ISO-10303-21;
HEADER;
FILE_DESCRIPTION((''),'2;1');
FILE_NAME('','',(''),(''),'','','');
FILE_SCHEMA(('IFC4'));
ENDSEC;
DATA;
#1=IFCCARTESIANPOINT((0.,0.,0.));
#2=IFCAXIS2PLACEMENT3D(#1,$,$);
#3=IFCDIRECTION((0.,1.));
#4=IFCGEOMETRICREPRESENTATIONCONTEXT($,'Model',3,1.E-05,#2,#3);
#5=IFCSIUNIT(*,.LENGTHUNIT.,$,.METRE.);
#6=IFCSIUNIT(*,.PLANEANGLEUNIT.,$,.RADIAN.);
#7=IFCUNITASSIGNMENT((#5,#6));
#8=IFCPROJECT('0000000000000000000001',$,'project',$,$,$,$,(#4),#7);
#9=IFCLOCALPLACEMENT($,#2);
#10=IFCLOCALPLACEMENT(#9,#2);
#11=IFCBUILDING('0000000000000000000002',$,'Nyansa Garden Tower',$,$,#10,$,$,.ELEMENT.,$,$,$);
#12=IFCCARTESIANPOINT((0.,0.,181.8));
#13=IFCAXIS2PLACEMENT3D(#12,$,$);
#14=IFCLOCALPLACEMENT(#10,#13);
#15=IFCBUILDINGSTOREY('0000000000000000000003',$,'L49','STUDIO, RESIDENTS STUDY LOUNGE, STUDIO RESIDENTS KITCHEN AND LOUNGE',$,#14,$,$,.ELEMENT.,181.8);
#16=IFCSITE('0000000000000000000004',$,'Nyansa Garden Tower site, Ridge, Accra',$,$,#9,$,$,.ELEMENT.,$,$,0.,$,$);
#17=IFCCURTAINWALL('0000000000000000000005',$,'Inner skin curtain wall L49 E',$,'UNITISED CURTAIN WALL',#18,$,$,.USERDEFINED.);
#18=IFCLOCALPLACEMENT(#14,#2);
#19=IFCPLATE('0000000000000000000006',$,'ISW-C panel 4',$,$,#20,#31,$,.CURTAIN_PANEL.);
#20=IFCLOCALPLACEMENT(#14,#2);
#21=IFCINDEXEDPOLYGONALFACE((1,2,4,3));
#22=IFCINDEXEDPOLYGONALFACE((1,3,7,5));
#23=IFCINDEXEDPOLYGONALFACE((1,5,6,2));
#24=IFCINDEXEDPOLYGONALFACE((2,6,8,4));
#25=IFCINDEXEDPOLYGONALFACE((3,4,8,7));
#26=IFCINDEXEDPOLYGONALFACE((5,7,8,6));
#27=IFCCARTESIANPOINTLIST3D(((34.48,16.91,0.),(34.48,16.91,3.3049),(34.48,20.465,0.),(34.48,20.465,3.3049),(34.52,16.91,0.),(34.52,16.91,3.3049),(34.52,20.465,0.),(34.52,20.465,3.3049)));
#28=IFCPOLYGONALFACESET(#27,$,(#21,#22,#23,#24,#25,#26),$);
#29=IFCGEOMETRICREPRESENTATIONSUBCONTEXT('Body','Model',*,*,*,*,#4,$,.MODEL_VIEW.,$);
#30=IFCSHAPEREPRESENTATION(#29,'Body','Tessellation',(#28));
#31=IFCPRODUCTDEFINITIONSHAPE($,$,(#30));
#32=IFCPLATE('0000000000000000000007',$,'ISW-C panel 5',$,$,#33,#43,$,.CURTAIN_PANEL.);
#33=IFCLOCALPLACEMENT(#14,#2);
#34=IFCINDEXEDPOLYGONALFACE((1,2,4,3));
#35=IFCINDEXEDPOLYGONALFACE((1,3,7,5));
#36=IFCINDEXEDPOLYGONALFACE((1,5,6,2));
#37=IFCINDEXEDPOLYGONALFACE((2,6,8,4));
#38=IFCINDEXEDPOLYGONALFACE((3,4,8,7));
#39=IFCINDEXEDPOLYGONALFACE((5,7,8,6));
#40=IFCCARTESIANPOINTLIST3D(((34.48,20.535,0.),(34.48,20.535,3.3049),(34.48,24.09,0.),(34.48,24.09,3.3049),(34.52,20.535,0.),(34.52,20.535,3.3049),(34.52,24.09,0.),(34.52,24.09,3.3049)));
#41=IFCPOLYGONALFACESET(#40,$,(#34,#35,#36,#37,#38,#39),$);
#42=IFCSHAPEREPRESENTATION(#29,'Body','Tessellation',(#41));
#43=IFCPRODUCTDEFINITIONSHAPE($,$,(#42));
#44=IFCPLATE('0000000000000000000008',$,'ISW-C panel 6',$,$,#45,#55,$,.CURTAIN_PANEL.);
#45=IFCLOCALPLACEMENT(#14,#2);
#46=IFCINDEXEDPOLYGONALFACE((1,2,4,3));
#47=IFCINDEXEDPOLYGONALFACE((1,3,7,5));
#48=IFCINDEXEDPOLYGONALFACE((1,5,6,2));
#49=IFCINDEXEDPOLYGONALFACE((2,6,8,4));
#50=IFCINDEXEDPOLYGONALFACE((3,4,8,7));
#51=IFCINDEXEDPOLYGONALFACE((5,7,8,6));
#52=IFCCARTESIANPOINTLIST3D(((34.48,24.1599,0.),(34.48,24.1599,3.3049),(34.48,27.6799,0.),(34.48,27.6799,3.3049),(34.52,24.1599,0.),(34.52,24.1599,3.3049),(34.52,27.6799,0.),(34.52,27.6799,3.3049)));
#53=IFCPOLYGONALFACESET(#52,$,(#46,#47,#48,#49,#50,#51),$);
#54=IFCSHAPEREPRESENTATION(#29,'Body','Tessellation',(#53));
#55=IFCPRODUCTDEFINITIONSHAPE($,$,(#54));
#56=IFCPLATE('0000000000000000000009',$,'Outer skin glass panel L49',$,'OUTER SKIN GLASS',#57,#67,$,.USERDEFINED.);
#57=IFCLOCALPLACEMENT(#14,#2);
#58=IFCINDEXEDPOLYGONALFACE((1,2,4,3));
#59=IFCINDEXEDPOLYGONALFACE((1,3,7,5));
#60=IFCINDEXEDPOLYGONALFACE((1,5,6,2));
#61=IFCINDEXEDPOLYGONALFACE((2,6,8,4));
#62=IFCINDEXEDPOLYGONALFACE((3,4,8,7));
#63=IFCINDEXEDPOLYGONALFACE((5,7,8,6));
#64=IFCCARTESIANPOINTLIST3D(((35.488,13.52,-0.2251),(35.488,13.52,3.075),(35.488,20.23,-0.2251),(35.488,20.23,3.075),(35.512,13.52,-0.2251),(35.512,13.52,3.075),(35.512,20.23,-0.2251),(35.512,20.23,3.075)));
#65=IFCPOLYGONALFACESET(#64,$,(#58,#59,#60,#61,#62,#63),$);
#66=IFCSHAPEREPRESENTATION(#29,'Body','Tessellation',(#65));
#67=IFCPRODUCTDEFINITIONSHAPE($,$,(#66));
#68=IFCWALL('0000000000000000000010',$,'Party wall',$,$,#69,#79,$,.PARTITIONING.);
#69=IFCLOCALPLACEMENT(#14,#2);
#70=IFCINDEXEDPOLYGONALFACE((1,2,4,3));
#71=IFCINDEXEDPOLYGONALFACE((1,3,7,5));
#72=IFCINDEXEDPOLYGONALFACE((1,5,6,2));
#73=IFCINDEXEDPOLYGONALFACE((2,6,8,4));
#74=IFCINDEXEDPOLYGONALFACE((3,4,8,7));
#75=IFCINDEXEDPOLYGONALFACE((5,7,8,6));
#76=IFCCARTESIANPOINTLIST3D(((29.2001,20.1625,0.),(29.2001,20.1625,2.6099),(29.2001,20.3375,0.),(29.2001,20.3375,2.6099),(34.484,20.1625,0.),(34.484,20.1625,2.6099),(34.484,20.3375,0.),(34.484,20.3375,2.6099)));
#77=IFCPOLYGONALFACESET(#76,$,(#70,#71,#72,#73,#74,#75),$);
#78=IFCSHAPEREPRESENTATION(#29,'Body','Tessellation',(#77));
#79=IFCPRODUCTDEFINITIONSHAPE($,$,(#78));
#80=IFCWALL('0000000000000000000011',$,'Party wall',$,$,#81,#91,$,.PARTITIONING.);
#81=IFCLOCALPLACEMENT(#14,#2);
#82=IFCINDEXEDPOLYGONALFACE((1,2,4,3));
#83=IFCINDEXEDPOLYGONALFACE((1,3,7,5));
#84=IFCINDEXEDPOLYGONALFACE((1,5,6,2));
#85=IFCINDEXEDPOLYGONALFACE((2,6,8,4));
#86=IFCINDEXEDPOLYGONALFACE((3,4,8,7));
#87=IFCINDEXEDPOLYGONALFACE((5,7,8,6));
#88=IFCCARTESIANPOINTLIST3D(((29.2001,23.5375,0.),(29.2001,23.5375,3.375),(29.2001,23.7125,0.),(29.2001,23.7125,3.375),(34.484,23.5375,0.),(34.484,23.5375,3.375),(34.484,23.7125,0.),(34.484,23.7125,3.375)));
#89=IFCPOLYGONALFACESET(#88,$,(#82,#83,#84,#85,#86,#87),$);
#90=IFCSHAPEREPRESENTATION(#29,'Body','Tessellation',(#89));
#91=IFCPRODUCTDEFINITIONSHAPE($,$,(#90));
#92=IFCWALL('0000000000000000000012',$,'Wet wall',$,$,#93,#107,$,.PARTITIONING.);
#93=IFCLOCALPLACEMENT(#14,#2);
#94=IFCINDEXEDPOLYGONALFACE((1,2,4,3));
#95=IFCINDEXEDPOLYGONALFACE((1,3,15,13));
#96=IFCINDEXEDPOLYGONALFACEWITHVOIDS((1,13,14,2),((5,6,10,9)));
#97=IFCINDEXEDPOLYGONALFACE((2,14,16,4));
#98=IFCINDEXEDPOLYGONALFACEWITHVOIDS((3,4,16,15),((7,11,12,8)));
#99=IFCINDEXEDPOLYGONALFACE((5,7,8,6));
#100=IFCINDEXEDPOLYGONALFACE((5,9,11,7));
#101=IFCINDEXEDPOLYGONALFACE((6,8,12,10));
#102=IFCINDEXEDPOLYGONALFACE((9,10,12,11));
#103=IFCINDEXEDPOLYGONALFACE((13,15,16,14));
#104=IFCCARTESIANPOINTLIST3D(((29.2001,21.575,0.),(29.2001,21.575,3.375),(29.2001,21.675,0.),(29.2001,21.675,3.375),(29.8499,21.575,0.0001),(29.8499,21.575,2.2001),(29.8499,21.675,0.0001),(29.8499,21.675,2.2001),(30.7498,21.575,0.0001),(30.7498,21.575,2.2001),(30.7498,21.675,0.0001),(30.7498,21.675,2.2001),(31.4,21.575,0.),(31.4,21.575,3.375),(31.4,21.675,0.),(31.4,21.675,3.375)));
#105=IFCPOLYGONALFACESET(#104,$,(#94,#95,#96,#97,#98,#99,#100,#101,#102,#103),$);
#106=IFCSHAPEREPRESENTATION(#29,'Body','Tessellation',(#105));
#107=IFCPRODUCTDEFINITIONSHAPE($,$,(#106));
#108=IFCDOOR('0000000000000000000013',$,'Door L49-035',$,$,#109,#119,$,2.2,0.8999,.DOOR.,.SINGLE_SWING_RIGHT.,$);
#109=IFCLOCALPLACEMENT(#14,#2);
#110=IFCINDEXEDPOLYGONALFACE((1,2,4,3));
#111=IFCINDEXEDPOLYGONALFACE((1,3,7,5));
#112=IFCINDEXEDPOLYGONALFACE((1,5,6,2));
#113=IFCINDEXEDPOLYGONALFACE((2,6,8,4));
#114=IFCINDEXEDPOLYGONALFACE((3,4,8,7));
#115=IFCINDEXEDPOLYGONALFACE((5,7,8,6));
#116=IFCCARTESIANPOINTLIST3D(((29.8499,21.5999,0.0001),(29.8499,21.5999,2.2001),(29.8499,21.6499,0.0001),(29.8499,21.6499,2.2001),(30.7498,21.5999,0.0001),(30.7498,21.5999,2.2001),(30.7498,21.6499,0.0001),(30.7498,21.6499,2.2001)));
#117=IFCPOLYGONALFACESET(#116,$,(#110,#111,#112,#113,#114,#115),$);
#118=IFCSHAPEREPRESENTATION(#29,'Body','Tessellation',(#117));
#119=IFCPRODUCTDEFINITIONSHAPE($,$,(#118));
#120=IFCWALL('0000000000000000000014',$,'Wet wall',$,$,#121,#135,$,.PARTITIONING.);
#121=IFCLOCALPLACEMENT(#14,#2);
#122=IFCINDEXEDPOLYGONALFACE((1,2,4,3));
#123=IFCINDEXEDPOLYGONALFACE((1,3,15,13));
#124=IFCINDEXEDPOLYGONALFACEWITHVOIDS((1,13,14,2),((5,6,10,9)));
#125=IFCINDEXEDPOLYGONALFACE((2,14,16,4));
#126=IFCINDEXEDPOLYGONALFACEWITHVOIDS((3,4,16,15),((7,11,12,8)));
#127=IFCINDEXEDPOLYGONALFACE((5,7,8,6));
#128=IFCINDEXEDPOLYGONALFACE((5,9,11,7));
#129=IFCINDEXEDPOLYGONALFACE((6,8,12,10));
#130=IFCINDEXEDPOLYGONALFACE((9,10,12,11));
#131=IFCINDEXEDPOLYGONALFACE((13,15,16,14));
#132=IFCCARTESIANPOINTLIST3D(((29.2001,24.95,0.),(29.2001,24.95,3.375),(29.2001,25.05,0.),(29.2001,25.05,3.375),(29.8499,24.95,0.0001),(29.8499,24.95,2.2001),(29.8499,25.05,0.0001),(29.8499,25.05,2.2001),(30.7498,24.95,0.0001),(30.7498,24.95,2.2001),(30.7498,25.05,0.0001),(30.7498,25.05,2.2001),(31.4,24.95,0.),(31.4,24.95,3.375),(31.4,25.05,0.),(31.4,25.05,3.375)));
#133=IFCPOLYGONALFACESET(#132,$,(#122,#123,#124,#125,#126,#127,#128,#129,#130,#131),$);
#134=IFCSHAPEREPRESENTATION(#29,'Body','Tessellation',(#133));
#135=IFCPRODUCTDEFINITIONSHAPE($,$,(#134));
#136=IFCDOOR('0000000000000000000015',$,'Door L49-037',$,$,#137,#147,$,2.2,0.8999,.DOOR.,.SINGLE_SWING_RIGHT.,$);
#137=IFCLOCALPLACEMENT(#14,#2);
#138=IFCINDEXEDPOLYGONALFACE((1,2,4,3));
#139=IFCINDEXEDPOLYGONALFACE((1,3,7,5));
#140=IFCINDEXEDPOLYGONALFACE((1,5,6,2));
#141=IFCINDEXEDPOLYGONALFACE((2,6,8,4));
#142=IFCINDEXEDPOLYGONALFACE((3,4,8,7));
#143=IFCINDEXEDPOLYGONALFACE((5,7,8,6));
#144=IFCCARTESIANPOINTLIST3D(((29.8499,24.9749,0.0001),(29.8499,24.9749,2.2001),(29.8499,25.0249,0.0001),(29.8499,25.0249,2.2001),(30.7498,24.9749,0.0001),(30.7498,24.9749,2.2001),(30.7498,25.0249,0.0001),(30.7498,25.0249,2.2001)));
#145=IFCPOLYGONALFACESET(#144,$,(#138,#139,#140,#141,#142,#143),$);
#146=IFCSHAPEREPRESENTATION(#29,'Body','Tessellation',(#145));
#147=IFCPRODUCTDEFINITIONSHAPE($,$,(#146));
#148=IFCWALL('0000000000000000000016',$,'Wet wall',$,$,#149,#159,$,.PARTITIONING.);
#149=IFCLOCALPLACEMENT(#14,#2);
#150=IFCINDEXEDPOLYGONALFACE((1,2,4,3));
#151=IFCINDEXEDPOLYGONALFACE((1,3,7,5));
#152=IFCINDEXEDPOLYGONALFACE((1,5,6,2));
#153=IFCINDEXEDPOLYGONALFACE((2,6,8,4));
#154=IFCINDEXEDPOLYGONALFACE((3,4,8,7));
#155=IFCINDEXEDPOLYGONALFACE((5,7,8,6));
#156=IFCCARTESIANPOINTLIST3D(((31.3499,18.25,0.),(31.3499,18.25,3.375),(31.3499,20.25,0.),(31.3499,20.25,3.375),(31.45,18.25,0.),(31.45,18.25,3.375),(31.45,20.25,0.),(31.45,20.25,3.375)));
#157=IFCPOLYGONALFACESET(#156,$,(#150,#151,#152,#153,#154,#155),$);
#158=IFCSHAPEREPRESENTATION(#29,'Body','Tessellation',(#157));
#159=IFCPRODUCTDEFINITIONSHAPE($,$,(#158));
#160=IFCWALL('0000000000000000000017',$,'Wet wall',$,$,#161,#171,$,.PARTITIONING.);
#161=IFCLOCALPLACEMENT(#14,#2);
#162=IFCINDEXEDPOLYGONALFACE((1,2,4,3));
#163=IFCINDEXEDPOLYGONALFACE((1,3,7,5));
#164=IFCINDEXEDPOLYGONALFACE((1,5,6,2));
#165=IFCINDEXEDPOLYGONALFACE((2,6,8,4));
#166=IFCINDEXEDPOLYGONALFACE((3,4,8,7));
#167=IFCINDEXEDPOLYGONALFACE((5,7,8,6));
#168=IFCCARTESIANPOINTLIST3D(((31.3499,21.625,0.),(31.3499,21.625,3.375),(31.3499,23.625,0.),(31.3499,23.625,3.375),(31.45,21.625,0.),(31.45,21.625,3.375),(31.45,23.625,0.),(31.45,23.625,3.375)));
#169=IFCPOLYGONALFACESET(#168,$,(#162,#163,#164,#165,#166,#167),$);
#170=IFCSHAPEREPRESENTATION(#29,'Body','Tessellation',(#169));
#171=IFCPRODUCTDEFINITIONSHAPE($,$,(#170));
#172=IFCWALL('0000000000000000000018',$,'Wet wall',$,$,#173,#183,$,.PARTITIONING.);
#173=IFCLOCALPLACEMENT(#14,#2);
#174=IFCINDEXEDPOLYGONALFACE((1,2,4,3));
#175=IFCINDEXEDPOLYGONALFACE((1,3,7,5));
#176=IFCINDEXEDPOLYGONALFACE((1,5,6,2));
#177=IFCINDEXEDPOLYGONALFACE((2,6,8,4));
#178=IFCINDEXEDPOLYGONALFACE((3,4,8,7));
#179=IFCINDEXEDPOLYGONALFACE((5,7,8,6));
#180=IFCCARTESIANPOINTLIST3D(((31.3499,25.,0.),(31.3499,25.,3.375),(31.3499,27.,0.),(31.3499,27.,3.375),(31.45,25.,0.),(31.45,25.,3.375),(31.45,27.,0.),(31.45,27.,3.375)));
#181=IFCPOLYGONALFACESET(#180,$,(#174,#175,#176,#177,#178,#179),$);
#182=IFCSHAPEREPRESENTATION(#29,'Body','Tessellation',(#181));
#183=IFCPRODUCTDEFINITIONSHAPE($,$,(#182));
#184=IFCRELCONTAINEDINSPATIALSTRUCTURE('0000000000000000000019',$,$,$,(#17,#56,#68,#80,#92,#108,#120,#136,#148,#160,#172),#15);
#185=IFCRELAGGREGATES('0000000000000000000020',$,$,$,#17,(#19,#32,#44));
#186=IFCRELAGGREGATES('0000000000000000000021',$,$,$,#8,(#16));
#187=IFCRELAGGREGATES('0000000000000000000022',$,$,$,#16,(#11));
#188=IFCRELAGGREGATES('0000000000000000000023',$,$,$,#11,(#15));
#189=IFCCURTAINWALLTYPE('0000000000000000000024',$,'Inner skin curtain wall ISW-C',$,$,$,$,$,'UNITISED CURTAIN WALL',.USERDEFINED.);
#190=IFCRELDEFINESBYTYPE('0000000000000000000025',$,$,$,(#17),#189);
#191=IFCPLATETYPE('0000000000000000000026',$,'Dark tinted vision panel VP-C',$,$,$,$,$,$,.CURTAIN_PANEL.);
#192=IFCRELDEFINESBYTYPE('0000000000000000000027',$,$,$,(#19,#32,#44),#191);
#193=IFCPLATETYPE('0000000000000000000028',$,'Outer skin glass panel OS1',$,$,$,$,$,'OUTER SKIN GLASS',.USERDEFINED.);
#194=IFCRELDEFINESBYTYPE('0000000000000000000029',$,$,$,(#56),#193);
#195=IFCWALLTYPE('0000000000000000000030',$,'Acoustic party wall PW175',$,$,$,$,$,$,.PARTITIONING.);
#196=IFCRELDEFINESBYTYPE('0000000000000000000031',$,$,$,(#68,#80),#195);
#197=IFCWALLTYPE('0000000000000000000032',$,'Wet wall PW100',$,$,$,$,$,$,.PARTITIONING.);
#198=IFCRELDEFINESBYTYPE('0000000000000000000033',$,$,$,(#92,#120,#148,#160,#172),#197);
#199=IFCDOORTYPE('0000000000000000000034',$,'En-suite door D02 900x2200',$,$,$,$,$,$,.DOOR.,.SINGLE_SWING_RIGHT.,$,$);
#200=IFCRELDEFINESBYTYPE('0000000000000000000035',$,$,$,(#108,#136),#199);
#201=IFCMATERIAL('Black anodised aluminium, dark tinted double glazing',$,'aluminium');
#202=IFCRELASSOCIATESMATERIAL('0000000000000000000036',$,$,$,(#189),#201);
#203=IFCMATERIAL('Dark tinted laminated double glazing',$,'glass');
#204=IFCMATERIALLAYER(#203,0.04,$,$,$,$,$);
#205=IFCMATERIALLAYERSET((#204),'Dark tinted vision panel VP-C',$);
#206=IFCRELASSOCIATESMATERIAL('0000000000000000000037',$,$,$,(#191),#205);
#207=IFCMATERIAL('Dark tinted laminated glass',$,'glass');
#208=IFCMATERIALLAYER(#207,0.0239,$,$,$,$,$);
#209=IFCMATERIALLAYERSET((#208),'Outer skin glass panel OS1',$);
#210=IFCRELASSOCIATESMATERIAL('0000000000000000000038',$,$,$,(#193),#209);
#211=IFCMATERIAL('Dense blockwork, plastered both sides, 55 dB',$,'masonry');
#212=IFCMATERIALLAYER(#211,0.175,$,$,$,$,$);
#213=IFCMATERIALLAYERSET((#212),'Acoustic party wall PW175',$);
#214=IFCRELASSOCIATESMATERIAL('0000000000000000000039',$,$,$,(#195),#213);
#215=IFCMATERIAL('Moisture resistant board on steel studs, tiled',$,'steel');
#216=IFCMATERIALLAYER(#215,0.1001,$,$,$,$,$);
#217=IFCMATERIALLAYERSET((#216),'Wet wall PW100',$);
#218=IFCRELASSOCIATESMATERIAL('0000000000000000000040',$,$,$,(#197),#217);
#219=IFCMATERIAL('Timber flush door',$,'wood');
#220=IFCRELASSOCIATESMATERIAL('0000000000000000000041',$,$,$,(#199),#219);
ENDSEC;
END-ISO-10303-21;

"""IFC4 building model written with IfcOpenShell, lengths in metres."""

from ifc_helpers import new_model, si_unit, direction, frame, frame_2d, origin, origin_2d, place, context, subcontext, project, spatial, rectangle, extrude, material, layer, layer_set, type_object, element, fill, aggregate, save


model = new_model("IFC4")

# Units and contexts
model_context = context("Model", 3, precision=1e-05, world=origin(), true_north=direction((0.0, 1.0)))
body_context = subcontext(model_context, "Body", "Model", "MODEL_VIEW")
ifc_project = project(units=[si_unit("LENGTHUNIT", "METRE"), si_unit("PLANEANGLEUNIT", "RADIAN")], contexts=[model_context])

# Site, building, storey
site_placement = place(None, origin())
site = spatial("IfcSite", under=ifc_project, at=site_placement, Name="Nyansa Garden Tower site, Ridge, Accra", CompositionType="ELEMENT", RefElevation=0.0)
building_placement = place(site_placement, origin())
building = spatial("IfcBuilding", under=site, at=building_placement, Name="Nyansa Garden Tower", CompositionType="ELEMENT")
storey_placement = place(building_placement, frame((0.0, 0.0, 181.8)))
storey = spatial("IfcBuildingStorey", under=building, at=storey_placement, Name="L49", Description="STUDIO, RESIDENTS STUDY LOUNGE, STUDIO RESIDENTS KITCHEN AND LOUNGE", CompositionType="ELEMENT", Elevation=181.8)

# Curtain wall
ifc_material_1 = material(Name="Black anodised aluminium, dark tinted double glazing", Category="aluminium")
curtain_wall_type = type_object("IfcCurtainWallType", Name="Inner skin curtain wall ISW-C", ElementType="UNITISED CURTAIN WALL", PredefinedType="USERDEFINED", material=ifc_material_1)
curtain_wall_placement = place(storey_placement, origin())
curtain_wall = element("IfcCurtainWall", 1, at=curtain_wall_placement, inside=storey, type_object=curtain_wall_type, Name="Inner skin curtain wall L49 E", ObjectType="UNITISED CURTAIN WALL", PredefinedType="USERDEFINED")

# Plates
ifc_material_2 = material(Name="Dark tinted laminated double glazing", Category="glass")
ifc_layer_1 = layer(ifc_material_2, 0.04)
ifc_layer_set_1 = layer_set([ifc_layer_1], Name="Dark tinted vision panel VP-C")
plate_type_1 = type_object("IfcPlateType", Name="Dark tinted vision panel VP-C", PredefinedType="CURTAIN_PANEL", material=ifc_layer_set_1)
plate_1_placement = place(storey_placement, frame((34.5, 18.6875, 0.0), z_axis=(0.0, 0.0, 1.0), x_axis=(0.0, 1.0, 0.0)))
plate_1 = element("IfcPlate", 2, at=plate_1_placement, type_object=plate_type_1, Name="ISW-C panel 4", PredefinedType="CURTAIN_PANEL", context=body_context, shape_type="SweptSolid", body=[
    extrude(rectangle(XDim=3.5549, YDim=0.04, at=origin_2d()), origin(), (0.0, 0.0, 1.0), 3.3049),
])
plate_2_placement = place(storey_placement, frame((34.5, 22.3125, 0.0), z_axis=(0.0, 0.0, 1.0), x_axis=(0.0, 1.0, 0.0)))
plate_2 = element("IfcPlate", 3, at=plate_2_placement, type_object=plate_type_1, Name="ISW-C panel 5", PredefinedType="CURTAIN_PANEL", context=body_context, shape_type="SweptSolid", body=[
    extrude(rectangle(XDim=3.5549, YDim=0.04, at=origin_2d()), origin(), (0.0, 0.0, 1.0), 3.3049),
])
plate_3_placement = place(storey_placement, frame((34.5, 25.9199, 0.0), z_axis=(0.0, 0.0, 1.0), x_axis=(0.0, 1.0, 0.0)))
plate_3 = element("IfcPlate", 4, at=plate_3_placement, type_object=plate_type_1, Name="ISW-C panel 6", PredefinedType="CURTAIN_PANEL", context=body_context, shape_type="SweptSolid", body=[
    extrude(rectangle(XDim=3.52, YDim=0.04, at=origin_2d()), origin(), (0.0, 0.0, 1.0), 3.3049),
])
aggregate(curtain_wall, [plate_1, plate_2, plate_3])
ifc_material_3 = material(Name="Dark tinted laminated glass", Category="glass")
ifc_layer_2 = layer(ifc_material_3, 0.0239)
ifc_layer_set_2 = layer_set([ifc_layer_2], Name="Outer skin glass panel OS1")
plate_type_2 = type_object("IfcPlateType", Name="Outer skin glass panel OS1", ElementType="OUTER SKIN GLASS", PredefinedType="USERDEFINED", material=ifc_layer_set_2)
plate_4_placement = place(storey_placement, frame((35.5, 16.875, -0.2251), z_axis=(0.0, 0.0, 1.0), x_axis=(0.0, 1.0, 0.0)))
element("IfcPlate", 5, at=plate_4_placement, inside=storey, type_object=plate_type_2, Name="Outer skin glass panel L49", ObjectType="OUTER SKIN GLASS", PredefinedType="USERDEFINED", context=body_context, shape_type="SweptSolid", body=[
    extrude(rectangle(XDim=6.71, YDim=0.0239, at=origin_2d()), origin(), (0.0, 0.0, 1.0), 3.3),
])

# Walls
ifc_material_4 = material(Name="Dense blockwork, plastered both sides, 55 dB", Category="masonry")
ifc_layer_3 = layer(ifc_material_4, 0.175)
ifc_layer_set_3 = layer_set([ifc_layer_3], Name="Acoustic party wall PW175")
wall_type_1 = type_object("IfcWallType", Name="Acoustic party wall PW175", PredefinedType="PARTITIONING", material=ifc_layer_set_3)
wall_1_placement = place(storey_placement, frame((29.2, 20.25, 0.0), z_axis=(0.0, 0.0, 1.0), x_axis=(1.0, 0.0, 0.0)))
element("IfcWall", 6, at=wall_1_placement, inside=storey, type_object=wall_type_1, Name="Party wall", PredefinedType="PARTITIONING", context=body_context, shape_type="SweptSolid", body=[
    extrude(rectangle(XDim=5.2839, YDim=0.175, at=frame_2d((2.6421, 0.0))), origin(), (0.0, 0.0, 1.0), 2.6099),
])
wall_2_placement = place(storey_placement, frame((29.2, 23.625, 0.0), z_axis=(0.0, 0.0, 1.0), x_axis=(1.0, 0.0, 0.0)))
element("IfcWall", 7, at=wall_2_placement, inside=storey, type_object=wall_type_1, Name="Party wall", PredefinedType="PARTITIONING", context=body_context, shape_type="SweptSolid", body=[
    extrude(rectangle(XDim=5.2839, YDim=0.175, at=frame_2d((2.6421, 0.0))), origin(), (0.0, 0.0, 1.0), 3.375),
])

# Walls, openings, doors
ifc_material_5 = material(Name="Moisture resistant board on steel studs, tiled", Category="steel")
ifc_layer_4 = layer(ifc_material_5, 0.1001)
ifc_layer_set_4 = layer_set([ifc_layer_4], Name="Wet wall PW100")
wall_type_2 = type_object("IfcWallType", Name="Wet wall PW100", PredefinedType="PARTITIONING", material=ifc_layer_set_4)
wall_3_placement = place(storey_placement, frame((29.2, 21.625, 0.0), z_axis=(0.0, 0.0, 1.0), x_axis=(1.0, 0.0, 0.0)))
wall_3 = element("IfcWall", 8, at=wall_3_placement, inside=storey, type_object=wall_type_2, Name="Wet wall", PredefinedType="PARTITIONING", context=body_context, shape_type="SweptSolid", body=[
    extrude(rectangle(XDim=2.2, YDim=0.1001, at=frame_2d((1.1001, 0.0))), origin(), (0.0, 0.0, 1.0), 3.375),
])
opening_1_placement = place(wall_3_placement, frame((0.6499, 0.0, 0.0)))
opening_1 = element("IfcOpeningElement", 9, at=opening_1_placement, cuts=wall_3, PredefinedType="OPENING", context=body_context, shape_type="SweptSolid", body=[
    extrude(rectangle(XDim=0.8999, YDim=2.2, at=frame_2d((0.45, 1.1001))), frame((0.0, 0.0601, 0.0), z_axis=(0.0, -1.0, 0.0), x_axis=(1.0, 0.0, 0.0)), (0.0, 0.0, 1.0), 0.1201),
])
ifc_material_6 = material(Name="Timber flush door", Category="wood")
door_type = type_object("IfcDoorType", Name="En-suite door D02 900x2200", OperationType="SINGLE_SWING_RIGHT", PredefinedType="DOOR", material=ifc_material_6)
door_1_placement = place(opening_1_placement, origin())
door_1 = element("IfcDoor", 10, at=door_1_placement, inside=storey, type_object=door_type, Name="Door L49-035", OperationType="SINGLE_SWING_RIGHT", OverallHeight=2.2, OverallWidth=0.8999, PredefinedType="DOOR", context=body_context, shape_type="SweptSolid", body=[
    extrude(rectangle(XDim=0.8999, YDim=2.2, at=frame_2d((0.45, 1.1001))), frame((0.0, 0.0249, 0.0), z_axis=(0.0, -1.0, 0.0), x_axis=(1.0, 0.0, 0.0)), (0.0, 0.0, 1.0), 0.05),
])
fill(opening_1, door_1)
wall_4_placement = place(storey_placement, frame((29.2, 25.0, 0.0), z_axis=(0.0, 0.0, 1.0), x_axis=(1.0, 0.0, 0.0)))
wall_4 = element("IfcWall", 11, at=wall_4_placement, inside=storey, type_object=wall_type_2, Name="Wet wall", PredefinedType="PARTITIONING", context=body_context, shape_type="SweptSolid", body=[
    extrude(rectangle(XDim=2.2, YDim=0.1001, at=frame_2d((1.1001, 0.0))), origin(), (0.0, 0.0, 1.0), 3.375),
])
opening_2_placement = place(wall_4_placement, frame((0.6499, 0.0, 0.0)))
opening_2 = element("IfcOpeningElement", 12, at=opening_2_placement, cuts=wall_4, PredefinedType="OPENING", context=body_context, shape_type="SweptSolid", body=[
    extrude(rectangle(XDim=0.8999, YDim=2.2, at=frame_2d((0.45, 1.1001))), frame((0.0, 0.0601, 0.0), z_axis=(0.0, -1.0, 0.0), x_axis=(1.0, 0.0, 0.0)), (0.0, 0.0, 1.0), 0.1201),
])
door_2_placement = place(opening_2_placement, origin())
door_2 = element("IfcDoor", 13, at=door_2_placement, inside=storey, type_object=door_type, Name="Door L49-037", OperationType="SINGLE_SWING_RIGHT", OverallHeight=2.2, OverallWidth=0.8999, PredefinedType="DOOR", context=body_context, shape_type="SweptSolid", body=[
    extrude(rectangle(XDim=0.8999, YDim=2.2, at=frame_2d((0.45, 1.1001))), frame((0.0, 0.0249, 0.0), z_axis=(0.0, -1.0, 0.0), x_axis=(1.0, 0.0, 0.0)), (0.0, 0.0, 1.0), 0.05),
])
fill(opening_2, door_2)

# Walls
for number, where, z_axis, x_axis, name in (
    (14, (31.3999, 18.25, 0.0), (0.0, 0.0, 1.0), (0.0, 1.0, 0.0), "Wet wall"),
    (15, (31.3999, 21.625, 0.0), (0.0, 0.0, 1.0), (0.0, 1.0, 0.0), "Wet wall"),
    (16, (31.3999, 25.0, 0.0), (0.0, 0.0, 1.0), (0.0, 1.0, 0.0), "Wet wall"),
):
    element("IfcWall", number, at=place(storey_placement, frame(where, z_axis=z_axis, x_axis=x_axis)), inside=storey, type_object=wall_type_2, Name=name, PredefinedType="PARTITIONING", context=body_context, shape_type="SweptSolid", body=[
        extrude(rectangle(XDim=2.0, YDim=0.1001, at=frame_2d((1.0, 0.0))), origin(), (0.0, 0.0, 1.0), 3.375),
    ])

save(model, "model.ifc")
